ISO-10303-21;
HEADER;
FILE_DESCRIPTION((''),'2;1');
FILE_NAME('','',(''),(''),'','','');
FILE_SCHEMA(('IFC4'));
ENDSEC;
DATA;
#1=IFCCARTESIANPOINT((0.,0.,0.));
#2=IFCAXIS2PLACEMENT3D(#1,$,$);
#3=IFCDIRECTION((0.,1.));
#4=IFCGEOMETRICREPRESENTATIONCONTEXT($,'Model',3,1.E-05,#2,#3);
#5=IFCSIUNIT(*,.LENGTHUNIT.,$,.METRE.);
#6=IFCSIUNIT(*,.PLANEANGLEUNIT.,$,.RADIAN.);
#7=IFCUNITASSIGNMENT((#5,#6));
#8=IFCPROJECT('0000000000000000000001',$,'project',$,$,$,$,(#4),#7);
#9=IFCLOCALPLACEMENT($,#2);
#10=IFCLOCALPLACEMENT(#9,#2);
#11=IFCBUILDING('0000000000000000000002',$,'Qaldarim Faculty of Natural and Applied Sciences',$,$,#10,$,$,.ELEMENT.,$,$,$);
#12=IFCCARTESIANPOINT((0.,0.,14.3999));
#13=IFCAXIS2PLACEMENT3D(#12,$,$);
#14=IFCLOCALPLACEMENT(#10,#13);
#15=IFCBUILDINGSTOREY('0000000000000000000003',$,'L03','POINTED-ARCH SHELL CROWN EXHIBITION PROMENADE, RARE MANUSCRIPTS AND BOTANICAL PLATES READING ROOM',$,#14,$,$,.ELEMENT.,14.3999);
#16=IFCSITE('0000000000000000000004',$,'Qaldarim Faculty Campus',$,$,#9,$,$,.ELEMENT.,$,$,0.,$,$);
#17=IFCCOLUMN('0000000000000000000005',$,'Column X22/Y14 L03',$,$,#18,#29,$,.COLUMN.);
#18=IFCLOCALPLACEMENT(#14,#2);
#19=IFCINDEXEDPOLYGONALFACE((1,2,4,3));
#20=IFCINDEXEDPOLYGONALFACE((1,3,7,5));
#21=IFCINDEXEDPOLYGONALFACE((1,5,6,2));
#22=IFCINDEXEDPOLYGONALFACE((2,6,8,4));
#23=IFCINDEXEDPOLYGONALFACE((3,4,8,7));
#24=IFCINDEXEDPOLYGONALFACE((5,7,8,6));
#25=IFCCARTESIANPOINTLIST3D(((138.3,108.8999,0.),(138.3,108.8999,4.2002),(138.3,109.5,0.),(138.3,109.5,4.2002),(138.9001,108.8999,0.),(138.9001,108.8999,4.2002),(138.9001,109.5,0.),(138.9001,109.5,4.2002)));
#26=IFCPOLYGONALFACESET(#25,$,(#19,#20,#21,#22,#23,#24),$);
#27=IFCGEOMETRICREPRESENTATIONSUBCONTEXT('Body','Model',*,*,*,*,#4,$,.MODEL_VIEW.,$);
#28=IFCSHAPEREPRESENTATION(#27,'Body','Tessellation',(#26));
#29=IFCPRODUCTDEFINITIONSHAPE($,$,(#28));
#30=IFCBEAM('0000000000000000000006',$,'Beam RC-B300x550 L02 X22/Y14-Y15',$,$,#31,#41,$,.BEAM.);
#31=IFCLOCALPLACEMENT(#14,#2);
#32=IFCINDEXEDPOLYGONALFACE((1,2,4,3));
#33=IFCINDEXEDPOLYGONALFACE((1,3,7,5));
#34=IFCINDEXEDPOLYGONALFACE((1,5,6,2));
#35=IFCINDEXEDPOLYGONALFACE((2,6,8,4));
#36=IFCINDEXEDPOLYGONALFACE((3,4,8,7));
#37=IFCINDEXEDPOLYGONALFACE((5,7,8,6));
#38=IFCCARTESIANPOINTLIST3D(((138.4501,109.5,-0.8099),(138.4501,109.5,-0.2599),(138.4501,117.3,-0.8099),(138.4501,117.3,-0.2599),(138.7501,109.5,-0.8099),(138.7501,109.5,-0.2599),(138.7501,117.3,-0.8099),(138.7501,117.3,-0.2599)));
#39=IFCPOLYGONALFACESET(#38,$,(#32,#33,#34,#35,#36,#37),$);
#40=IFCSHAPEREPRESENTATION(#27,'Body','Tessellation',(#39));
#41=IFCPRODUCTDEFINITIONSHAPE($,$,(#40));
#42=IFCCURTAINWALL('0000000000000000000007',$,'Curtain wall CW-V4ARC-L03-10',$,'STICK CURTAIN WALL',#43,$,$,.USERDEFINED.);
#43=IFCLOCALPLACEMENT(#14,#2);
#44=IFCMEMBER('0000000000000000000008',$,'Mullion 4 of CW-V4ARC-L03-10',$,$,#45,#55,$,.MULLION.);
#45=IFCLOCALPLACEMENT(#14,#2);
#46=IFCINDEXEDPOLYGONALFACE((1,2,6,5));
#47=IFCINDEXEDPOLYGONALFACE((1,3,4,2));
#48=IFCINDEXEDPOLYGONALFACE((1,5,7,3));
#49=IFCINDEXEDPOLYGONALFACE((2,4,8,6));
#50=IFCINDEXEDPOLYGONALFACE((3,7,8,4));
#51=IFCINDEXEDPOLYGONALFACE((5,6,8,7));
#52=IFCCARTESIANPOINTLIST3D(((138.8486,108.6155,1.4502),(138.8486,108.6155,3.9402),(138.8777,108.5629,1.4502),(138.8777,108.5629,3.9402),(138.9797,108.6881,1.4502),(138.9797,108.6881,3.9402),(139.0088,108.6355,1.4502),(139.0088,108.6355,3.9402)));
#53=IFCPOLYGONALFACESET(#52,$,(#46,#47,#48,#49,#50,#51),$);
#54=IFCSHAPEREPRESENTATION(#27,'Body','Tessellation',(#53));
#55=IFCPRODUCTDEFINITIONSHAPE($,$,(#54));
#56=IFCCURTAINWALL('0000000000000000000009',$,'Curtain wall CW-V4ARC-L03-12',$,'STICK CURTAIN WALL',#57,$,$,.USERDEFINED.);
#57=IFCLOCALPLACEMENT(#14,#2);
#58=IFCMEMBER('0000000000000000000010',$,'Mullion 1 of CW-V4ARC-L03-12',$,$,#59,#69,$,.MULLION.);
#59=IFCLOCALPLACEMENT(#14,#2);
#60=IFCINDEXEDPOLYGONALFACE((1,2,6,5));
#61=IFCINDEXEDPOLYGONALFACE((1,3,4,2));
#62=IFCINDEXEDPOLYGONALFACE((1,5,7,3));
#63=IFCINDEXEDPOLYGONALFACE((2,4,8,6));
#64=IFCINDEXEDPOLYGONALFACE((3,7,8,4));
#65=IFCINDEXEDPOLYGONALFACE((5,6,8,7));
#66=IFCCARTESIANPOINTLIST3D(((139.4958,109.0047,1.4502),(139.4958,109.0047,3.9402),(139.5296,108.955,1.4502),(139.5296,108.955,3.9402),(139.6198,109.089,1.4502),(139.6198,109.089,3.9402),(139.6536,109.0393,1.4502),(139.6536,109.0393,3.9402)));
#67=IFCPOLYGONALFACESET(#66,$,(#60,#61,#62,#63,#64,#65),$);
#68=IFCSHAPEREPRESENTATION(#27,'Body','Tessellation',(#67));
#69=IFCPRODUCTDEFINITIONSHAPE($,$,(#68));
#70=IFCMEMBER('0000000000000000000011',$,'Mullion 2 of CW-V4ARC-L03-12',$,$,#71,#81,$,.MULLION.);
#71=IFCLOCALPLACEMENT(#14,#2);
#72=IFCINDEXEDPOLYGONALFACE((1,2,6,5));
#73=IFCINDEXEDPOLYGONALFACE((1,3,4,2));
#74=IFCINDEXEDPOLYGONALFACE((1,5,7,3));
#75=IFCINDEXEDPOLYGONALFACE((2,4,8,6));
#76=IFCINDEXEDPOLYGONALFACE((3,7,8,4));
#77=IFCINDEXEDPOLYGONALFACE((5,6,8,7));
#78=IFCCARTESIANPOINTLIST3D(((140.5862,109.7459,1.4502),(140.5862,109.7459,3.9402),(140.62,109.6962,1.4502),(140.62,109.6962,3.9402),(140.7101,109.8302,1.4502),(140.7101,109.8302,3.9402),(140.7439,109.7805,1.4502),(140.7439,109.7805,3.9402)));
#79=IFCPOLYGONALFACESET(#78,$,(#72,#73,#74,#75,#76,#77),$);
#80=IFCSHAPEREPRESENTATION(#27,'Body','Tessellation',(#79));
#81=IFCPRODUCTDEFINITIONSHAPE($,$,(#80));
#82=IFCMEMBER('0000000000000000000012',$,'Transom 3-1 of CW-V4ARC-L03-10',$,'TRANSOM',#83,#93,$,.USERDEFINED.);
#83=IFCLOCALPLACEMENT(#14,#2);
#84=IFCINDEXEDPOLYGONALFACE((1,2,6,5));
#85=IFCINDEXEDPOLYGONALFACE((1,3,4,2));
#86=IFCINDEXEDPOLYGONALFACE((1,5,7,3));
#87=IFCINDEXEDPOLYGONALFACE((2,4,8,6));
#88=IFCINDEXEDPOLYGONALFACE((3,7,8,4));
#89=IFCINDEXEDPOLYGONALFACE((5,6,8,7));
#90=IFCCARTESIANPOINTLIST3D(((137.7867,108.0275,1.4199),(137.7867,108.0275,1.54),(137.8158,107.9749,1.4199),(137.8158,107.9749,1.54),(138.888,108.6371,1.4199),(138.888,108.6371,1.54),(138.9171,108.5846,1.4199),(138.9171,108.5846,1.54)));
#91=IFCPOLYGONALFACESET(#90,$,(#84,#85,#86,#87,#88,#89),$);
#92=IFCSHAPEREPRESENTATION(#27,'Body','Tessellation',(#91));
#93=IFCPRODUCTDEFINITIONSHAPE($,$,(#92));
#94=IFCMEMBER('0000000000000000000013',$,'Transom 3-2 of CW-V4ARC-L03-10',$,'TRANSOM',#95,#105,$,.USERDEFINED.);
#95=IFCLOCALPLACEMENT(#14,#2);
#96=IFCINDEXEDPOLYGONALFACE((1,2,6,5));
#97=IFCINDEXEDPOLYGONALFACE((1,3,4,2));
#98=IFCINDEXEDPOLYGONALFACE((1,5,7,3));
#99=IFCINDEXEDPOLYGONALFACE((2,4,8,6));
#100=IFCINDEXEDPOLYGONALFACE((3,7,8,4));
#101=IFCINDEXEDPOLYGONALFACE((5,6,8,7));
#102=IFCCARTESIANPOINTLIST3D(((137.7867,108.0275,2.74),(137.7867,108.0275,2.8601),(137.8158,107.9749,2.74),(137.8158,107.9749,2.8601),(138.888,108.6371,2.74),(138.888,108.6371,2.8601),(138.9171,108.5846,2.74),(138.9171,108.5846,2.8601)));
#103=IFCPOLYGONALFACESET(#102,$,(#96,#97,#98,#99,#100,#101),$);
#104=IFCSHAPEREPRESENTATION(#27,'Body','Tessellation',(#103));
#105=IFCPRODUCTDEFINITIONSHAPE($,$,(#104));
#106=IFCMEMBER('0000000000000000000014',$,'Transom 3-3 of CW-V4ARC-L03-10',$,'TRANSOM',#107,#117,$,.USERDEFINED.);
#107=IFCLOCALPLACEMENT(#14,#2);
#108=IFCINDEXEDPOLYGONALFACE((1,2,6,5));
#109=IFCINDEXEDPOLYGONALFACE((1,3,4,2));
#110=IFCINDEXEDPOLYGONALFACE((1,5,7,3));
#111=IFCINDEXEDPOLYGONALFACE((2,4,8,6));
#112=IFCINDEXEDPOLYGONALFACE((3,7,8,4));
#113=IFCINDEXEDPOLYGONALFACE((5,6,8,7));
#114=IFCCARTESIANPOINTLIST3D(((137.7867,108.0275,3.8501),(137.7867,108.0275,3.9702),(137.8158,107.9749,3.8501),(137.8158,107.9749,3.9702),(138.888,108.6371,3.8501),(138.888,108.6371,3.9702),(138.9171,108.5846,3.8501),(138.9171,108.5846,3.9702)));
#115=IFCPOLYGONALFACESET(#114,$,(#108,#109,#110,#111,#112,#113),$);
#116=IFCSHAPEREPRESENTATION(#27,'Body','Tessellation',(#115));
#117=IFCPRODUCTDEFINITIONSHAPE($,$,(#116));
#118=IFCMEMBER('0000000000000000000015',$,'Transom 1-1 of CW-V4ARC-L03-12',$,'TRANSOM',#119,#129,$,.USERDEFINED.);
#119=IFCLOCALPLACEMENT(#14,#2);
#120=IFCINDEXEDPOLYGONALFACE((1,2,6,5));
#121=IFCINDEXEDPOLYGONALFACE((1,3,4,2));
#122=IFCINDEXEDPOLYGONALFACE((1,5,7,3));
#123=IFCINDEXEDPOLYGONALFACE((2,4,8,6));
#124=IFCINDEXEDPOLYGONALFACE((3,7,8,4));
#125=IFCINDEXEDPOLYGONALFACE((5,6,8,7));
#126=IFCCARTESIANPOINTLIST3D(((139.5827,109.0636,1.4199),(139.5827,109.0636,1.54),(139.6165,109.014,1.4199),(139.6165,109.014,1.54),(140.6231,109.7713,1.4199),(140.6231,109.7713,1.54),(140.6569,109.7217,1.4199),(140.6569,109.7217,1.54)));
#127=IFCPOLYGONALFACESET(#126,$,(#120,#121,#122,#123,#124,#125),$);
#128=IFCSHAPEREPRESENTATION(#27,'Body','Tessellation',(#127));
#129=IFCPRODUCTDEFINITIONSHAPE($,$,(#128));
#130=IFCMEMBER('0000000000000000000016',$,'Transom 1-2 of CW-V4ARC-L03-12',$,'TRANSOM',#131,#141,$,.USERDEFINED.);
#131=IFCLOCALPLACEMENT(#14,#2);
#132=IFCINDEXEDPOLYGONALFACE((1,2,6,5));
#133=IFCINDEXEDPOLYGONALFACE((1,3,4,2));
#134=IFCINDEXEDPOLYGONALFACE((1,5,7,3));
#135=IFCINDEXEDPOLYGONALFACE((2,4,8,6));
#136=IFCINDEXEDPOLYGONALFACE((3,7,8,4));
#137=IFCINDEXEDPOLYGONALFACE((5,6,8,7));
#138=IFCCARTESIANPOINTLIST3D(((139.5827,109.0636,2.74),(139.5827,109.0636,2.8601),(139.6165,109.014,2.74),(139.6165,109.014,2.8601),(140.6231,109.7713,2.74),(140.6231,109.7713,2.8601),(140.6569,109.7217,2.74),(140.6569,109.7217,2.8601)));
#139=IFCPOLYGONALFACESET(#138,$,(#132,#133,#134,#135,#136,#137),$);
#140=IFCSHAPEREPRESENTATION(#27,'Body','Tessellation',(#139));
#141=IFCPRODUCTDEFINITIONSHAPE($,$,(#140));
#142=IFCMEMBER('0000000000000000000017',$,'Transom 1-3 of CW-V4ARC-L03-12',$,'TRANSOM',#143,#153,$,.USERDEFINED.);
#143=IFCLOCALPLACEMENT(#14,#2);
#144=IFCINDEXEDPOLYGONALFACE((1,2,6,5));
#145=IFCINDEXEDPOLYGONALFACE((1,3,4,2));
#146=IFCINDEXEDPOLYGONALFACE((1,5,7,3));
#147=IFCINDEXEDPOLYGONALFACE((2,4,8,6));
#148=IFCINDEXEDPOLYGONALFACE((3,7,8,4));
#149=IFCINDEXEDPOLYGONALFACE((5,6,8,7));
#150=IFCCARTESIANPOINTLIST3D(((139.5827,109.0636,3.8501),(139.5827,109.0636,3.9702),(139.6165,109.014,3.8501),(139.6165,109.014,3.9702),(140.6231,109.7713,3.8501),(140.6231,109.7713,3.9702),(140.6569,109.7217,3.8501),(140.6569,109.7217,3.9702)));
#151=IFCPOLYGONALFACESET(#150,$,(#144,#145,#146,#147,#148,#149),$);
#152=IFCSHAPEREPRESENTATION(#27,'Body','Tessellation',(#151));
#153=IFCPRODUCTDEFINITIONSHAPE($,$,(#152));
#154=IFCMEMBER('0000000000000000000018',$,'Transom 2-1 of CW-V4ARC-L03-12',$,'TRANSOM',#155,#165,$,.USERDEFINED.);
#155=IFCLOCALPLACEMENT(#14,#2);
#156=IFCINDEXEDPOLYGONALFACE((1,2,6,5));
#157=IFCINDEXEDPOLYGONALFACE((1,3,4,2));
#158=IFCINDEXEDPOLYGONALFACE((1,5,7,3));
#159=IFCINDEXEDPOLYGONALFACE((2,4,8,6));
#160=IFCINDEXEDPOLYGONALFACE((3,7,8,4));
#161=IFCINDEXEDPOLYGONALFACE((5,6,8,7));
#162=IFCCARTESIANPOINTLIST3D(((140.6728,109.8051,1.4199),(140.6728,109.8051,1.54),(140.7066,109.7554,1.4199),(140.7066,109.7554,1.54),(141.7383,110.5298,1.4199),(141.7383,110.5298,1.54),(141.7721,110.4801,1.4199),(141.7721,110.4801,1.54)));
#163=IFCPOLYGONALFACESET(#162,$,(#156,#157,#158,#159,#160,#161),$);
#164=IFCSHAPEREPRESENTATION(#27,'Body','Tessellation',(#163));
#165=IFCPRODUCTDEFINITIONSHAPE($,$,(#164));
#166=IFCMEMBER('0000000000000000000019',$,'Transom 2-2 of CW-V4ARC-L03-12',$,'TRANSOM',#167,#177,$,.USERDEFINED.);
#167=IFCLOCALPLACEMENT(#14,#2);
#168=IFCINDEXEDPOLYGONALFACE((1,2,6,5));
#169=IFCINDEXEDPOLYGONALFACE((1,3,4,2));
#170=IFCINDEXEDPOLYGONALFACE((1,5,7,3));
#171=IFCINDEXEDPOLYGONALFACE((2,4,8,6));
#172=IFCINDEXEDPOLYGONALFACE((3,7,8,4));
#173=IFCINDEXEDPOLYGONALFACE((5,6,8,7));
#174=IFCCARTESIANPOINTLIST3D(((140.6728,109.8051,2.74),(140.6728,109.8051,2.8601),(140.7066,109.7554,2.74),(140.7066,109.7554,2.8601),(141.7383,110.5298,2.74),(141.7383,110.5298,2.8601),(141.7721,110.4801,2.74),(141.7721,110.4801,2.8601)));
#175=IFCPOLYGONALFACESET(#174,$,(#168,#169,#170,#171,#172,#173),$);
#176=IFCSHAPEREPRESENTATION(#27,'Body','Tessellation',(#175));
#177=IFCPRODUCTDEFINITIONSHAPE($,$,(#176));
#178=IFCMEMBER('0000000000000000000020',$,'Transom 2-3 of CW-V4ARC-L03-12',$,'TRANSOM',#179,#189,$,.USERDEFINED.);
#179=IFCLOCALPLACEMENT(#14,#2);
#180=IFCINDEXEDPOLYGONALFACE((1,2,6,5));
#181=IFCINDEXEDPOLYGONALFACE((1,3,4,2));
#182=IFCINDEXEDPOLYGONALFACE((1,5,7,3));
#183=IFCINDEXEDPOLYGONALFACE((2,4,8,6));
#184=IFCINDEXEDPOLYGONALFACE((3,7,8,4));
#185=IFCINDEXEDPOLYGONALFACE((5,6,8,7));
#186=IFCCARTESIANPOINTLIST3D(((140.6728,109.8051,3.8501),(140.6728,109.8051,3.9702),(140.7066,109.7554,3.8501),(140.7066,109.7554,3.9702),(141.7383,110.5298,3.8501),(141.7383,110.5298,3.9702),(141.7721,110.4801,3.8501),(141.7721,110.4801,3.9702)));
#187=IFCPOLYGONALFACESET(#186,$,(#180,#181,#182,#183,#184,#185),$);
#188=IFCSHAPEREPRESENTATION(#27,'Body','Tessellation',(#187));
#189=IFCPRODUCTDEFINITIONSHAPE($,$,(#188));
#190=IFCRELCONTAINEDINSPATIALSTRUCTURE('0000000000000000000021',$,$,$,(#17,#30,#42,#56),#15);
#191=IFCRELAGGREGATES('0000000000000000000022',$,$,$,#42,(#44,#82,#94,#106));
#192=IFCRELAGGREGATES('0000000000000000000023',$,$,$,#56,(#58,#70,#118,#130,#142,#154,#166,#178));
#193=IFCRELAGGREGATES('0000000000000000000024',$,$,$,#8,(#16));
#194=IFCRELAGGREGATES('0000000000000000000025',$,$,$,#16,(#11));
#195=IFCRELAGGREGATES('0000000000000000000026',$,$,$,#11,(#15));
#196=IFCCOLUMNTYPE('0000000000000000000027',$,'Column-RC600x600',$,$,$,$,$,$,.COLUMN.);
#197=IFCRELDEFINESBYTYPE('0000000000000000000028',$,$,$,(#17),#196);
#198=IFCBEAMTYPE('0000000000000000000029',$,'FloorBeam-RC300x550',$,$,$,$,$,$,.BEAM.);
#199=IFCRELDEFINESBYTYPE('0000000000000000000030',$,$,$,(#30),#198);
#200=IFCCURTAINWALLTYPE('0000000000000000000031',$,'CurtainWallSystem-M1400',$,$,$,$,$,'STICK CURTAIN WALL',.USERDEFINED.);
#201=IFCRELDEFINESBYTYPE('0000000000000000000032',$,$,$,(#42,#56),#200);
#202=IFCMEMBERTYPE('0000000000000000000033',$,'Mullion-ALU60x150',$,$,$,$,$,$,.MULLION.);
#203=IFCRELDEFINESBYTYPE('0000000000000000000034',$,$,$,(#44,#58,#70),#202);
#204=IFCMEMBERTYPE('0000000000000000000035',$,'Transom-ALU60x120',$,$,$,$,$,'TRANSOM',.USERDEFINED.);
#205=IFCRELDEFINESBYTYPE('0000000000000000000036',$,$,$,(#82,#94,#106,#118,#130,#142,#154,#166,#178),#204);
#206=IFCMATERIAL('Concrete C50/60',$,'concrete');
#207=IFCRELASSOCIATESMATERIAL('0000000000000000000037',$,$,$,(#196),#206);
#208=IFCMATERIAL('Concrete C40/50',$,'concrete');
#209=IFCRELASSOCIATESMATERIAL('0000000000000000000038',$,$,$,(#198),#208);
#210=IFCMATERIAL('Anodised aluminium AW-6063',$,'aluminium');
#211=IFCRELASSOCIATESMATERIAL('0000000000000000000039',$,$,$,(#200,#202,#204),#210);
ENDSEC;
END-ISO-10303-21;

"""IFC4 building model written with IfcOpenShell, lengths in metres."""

from ifc_helpers import new_model, si_unit, direction, frame, origin, origin_2d, place, context, subcontext, project, spatial, rectangle, extrude, material, material_profile, profile_set, type_object, element, aggregate, save


model = new_model("IFC4")

# Units and contexts
model_context = context("Model", 3, precision=1e-05, world=origin(), true_north=direction((0.0, 1.0)))
body_context = subcontext(model_context, "Body", "Model", "MODEL_VIEW")
ifc_project = project(units=[si_unit("LENGTHUNIT", "METRE"), si_unit("PLANEANGLEUNIT", "RADIAN")], contexts=[model_context])

# Site, building, storey
site_placement = place(None, origin())
site = spatial("IfcSite", under=ifc_project, at=site_placement, Name="Qaldarim Faculty Campus", CompositionType="ELEMENT", RefElevation=0.0)
building_placement = place(site_placement, origin())
building = spatial("IfcBuilding", under=site, at=building_placement, Name="Qaldarim Faculty of Natural and Applied Sciences", CompositionType="ELEMENT")
storey_placement = place(building_placement, frame((0.0, 0.0, 14.3999)))
storey = spatial("IfcBuildingStorey", under=building, at=storey_placement, Name="L03", Description="POINTED-ARCH SHELL CROWN EXHIBITION PROMENADE, RARE MANUSCRIPTS AND BOTANICAL PLATES READING ROOM", CompositionType="ELEMENT", Elevation=14.3999)

# Column
ifc_material_1 = material(Name="Concrete C50/60", Category="concrete")
ifc_material_profile_1 = material_profile(ifc_material_1, rectangle(XDim=0.6001, YDim=0.6001, at=origin_2d()), Name="RC-C600x600")
ifc_profile_set_1 = profile_set([ifc_material_profile_1], Name="Concrete C50/60")
column_type = type_object("IfcColumnType", Name="Column-RC600x600", PredefinedType="COLUMN", material=ifc_profile_set_1)
column_placement = place(storey_placement, frame((138.6001, 109.2, 0.0), z_axis=(0.0, 0.0, 1.0), x_axis=(1.0, 0.0, 0.0)))
element("IfcColumn", 1, at=column_placement, inside=storey, type_object=column_type, Name="Column X22/Y14 L03", PredefinedType="COLUMN", context=body_context, shape_type="SweptSolid", body=[
    extrude(rectangle(XDim=0.6001, YDim=0.6001, at=origin_2d()), origin(), (0.0, 0.0, 1.0), 4.2002),
])

# Beam
ifc_material_2 = material(Name="Concrete C40/50", Category="concrete")
ifc_material_profile_2 = material_profile(ifc_material_2, rectangle(XDim=0.3, YDim=0.55, at=origin_2d()), Name="RC-B300x550")
ifc_profile_set_2 = profile_set([ifc_material_profile_2], Name="Concrete C40/50")
beam_type = type_object("IfcBeamType", Name="FloorBeam-RC300x550", PredefinedType="BEAM", material=ifc_profile_set_2)
beam_placement = place(storey_placement, frame((138.6001, 109.5, -0.5349), z_axis=(0.0, 1.0, 0.0), x_axis=(-1.0, 0.0, 0.0)))
element("IfcBeam", 2, at=beam_placement, inside=storey, type_object=beam_type, Name="Beam RC-B300x550 L02 X22/Y14-Y15", PredefinedType="BEAM", context=body_context, shape_type="SweptSolid", body=[
    extrude(rectangle(XDim=0.3, YDim=0.55, at=origin_2d()), origin(), (0.0, 0.0, 1.0), 7.8),
])

# Curtain wall, member
ifc_material_3 = material(Name="Anodised aluminium AW-6063", Category="aluminium")
curtain_wall_type = type_object("IfcCurtainWallType", Name="CurtainWallSystem-M1400", ElementType="STICK CURTAIN WALL", PredefinedType="USERDEFINED", material=ifc_material_3)
curtain_wall_1_placement = place(storey_placement, origin())
curtain_wall_1 = element("IfcCurtainWall", 3, at=curtain_wall_1_placement, inside=storey, type_object=curtain_wall_type, Name="Curtain wall CW-V4ARC-L03-10", ObjectType="STICK CURTAIN WALL", PredefinedType="USERDEFINED")
ifc_material_profile_3 = material_profile(ifc_material_3, rectangle(XDim=0.0601, YDim=0.1499, at=origin_2d()), Name="ALU-M60x150")
ifc_profile_set_3 = profile_set([ifc_material_profile_3], Name="Anodised aluminium AW-6063")
member_type_1 = type_object("IfcMemberType", Name="Mullion-ALU60x150", PredefinedType="MULLION", material=ifc_profile_set_3)
member_1_placement = place(storey_placement, frame((138.9287, 108.6255, 1.4502), z_axis=(0.0, 0.0, 1.0), x_axis=(-0.484382, 0.874857, 0.0)))
member_1 = element("IfcMember", 4, at=member_1_placement, type_object=member_type_1, Name="Mullion 4 of CW-V4ARC-L03-10", PredefinedType="MULLION", context=body_context, shape_type="SweptSolid", body=[
    extrude(rectangle(XDim=0.0601, YDim=0.1499, at=origin_2d()), origin(), (0.0, 0.0, 1.0), 2.49),
])

# Curtain wall, members
curtain_wall_2_placement = place(storey_placement, origin())
curtain_wall_2 = element("IfcCurtainWall", 5, at=curtain_wall_2_placement, inside=storey, type_object=curtain_wall_type, Name="Curtain wall CW-V4ARC-L03-12", ObjectType="STICK CURTAIN WALL", PredefinedType="USERDEFINED")
member_2_placement = place(storey_placement, frame((139.5747, 109.022, 1.4502), z_axis=(0.0, 0.0, 1.0), x_axis=(-0.562372, 0.826884, 0.0)))
member_2 = element("IfcMember", 6, at=member_2_placement, type_object=member_type_1, Name="Mullion 1 of CW-V4ARC-L03-12", PredefinedType="MULLION", context=body_context, shape_type="SweptSolid", body=[
    extrude(rectangle(XDim=0.0601, YDim=0.1499, at=origin_2d()), origin(), (0.0, 0.0, 1.0), 2.49),
])
member_3_placement = place(storey_placement, frame((140.665, 109.7632, 1.4502), z_axis=(0.0, 0.0, 1.0), x_axis=(-0.562372, 0.826884, 0.0)))
member_3 = element("IfcMember", 7, at=member_3_placement, type_object=member_type_1, Name="Mullion 2 of CW-V4ARC-L03-12", PredefinedType="MULLION", context=body_context, shape_type="SweptSolid", body=[
    extrude(rectangle(XDim=0.0601, YDim=0.1499, at=origin_2d()), origin(), (0.0, 0.0, 1.0), 2.49),
])

# Members
ifc_material_profile_4 = material_profile(ifc_material_3, rectangle(XDim=0.0601, YDim=0.1201, at=origin_2d()), Name="ALU-T60x120")
ifc_profile_set_4 = profile_set([ifc_material_profile_4], Name="Anodised aluminium AW-6063")
member_type_2 = type_object("IfcMemberType", Name="Transom-ALU60x120", ElementType="TRANSOM", PredefinedType="USERDEFINED", material=ifc_profile_set_4)
member_4_placement = place(storey_placement, frame((137.8013, 108.0012, 1.48), z_axis=(0.874906, 0.484292, 0.0), x_axis=(-0.484292, 0.874906, 0.0)))
member_4 = element("IfcMember", 8, at=member_4_placement, type_object=member_type_2, Name="Transom 3-1 of CW-V4ARC-L03-10", ObjectType="TRANSOM", PredefinedType="USERDEFINED", context=body_context, shape_type="SweptSolid", body=[
    extrude(rectangle(XDim=0.0601, YDim=0.1201, at=origin_2d()), origin(), (0.0, 0.0, 1.0), 1.2588),
])
member_5_placement = place(storey_placement, frame((137.8013, 108.0012, 2.8), z_axis=(0.874906, 0.484292, 0.0), x_axis=(-0.484292, 0.874906, 0.0)))
member_5 = element("IfcMember", 9, at=member_5_placement, type_object=member_type_2, Name="Transom 3-2 of CW-V4ARC-L03-10", ObjectType="TRANSOM", PredefinedType="USERDEFINED", context=body_context, shape_type="SweptSolid", body=[
    extrude(rectangle(XDim=0.0601, YDim=0.1201, at=origin_2d()), origin(), (0.0, 0.0, 1.0), 1.2588),
])
member_6_placement = place(storey_placement, frame((137.8013, 108.0012, 3.9102), z_axis=(0.874906, 0.484292, 0.0), x_axis=(-0.484292, 0.874906, 0.0)))
member_6 = element("IfcMember", 10, at=member_6_placement, type_object=member_type_2, Name="Transom 3-3 of CW-V4ARC-L03-10", ObjectType="TRANSOM", PredefinedType="USERDEFINED", context=body_context, shape_type="SweptSolid", body=[
    extrude(rectangle(XDim=0.0601, YDim=0.1201, at=origin_2d()), origin(), (0.0, 0.0, 1.0), 1.2588),
])
member_7_placement = place(storey_placement, frame((139.5996, 109.0388, 1.48), z_axis=(0.826851, 0.562421, 0.0), x_axis=(-0.562421, 0.826851, 0.0)))
member_7 = element("IfcMember", 11, at=member_7_placement, type_object=member_type_2, Name="Transom 1-1 of CW-V4ARC-L03-12", ObjectType="TRANSOM", PredefinedType="USERDEFINED", context=body_context, shape_type="SweptSolid", body=[
    extrude(rectangle(XDim=0.0601, YDim=0.1201, at=origin_2d()), origin(), (0.0, 0.0, 1.0), 1.2583),
])
member_8_placement = place(storey_placement, frame((139.5996, 109.0388, 2.8), z_axis=(0.826851, 0.562421, 0.0), x_axis=(-0.562421, 0.826851, 0.0)))
member_8 = element("IfcMember", 12, at=member_8_placement, type_object=member_type_2, Name="Transom 1-2 of CW-V4ARC-L03-12", ObjectType="TRANSOM", PredefinedType="USERDEFINED", context=body_context, shape_type="SweptSolid", body=[
    extrude(rectangle(XDim=0.0601, YDim=0.1201, at=origin_2d()), origin(), (0.0, 0.0, 1.0), 1.2583),
])
member_9_placement = place(storey_placement, frame((139.5996, 109.0388, 3.9102), z_axis=(0.826851, 0.562421, 0.0), x_axis=(-0.562421, 0.826851, 0.0)))
member_9 = element("IfcMember", 13, at=member_9_placement, type_object=member_type_2, Name="Transom 1-3 of CW-V4ARC-L03-12", ObjectType="TRANSOM", PredefinedType="USERDEFINED", context=body_context, shape_type="SweptSolid", body=[
    extrude(rectangle(XDim=0.0601, YDim=0.1201, at=origin_2d()), origin(), (0.0, 0.0, 1.0), 1.2583),
])
member_10_placement = place(storey_placement, frame((140.6897, 109.7803, 1.48), z_axis=(0.826884, 0.562372, 0.0), x_axis=(-0.562372, 0.826884, 0.0)))
member_10 = element("IfcMember", 14, at=member_10_placement, type_object=member_type_2, Name="Transom 2-1 of CW-V4ARC-L03-12", ObjectType="TRANSOM", PredefinedType="USERDEFINED", context=body_context, shape_type="SweptSolid", body=[
    extrude(rectangle(XDim=0.0601, YDim=0.1201, at=origin_2d()), origin(), (0.0, 0.0, 1.0), 1.2886),
])
member_11_placement = place(storey_placement, frame((140.6897, 109.7803, 2.8), z_axis=(0.826884, 0.562372, 0.0), x_axis=(-0.562372, 0.826884, 0.0)))
member_11 = element("IfcMember", 15, at=member_11_placement, type_object=member_type_2, Name="Transom 2-2 of CW-V4ARC-L03-12", ObjectType="TRANSOM", PredefinedType="USERDEFINED", context=body_context, shape_type="SweptSolid", body=[
    extrude(rectangle(XDim=0.0601, YDim=0.1201, at=origin_2d()), origin(), (0.0, 0.0, 1.0), 1.2886),
])
member_12_placement = place(storey_placement, frame((140.6897, 109.7803, 3.9102), z_axis=(0.826884, 0.562372, 0.0), x_axis=(-0.562372, 0.826884, 0.0)))
member_12 = element("IfcMember", 16, at=member_12_placement, type_object=member_type_2, Name="Transom 2-3 of CW-V4ARC-L03-12", ObjectType="TRANSOM", PredefinedType="USERDEFINED", context=body_context, shape_type="SweptSolid", body=[
    extrude(rectangle(XDim=0.0601, YDim=0.1201, at=origin_2d()), origin(), (0.0, 0.0, 1.0), 1.2886),
])

aggregate(curtain_wall_1, [member_1, member_4, member_5, member_6])
aggregate(curtain_wall_2, [member_2, member_3, member_7, member_8, member_9, member_10, member_11, member_12])

save(model, "model.ifc")
